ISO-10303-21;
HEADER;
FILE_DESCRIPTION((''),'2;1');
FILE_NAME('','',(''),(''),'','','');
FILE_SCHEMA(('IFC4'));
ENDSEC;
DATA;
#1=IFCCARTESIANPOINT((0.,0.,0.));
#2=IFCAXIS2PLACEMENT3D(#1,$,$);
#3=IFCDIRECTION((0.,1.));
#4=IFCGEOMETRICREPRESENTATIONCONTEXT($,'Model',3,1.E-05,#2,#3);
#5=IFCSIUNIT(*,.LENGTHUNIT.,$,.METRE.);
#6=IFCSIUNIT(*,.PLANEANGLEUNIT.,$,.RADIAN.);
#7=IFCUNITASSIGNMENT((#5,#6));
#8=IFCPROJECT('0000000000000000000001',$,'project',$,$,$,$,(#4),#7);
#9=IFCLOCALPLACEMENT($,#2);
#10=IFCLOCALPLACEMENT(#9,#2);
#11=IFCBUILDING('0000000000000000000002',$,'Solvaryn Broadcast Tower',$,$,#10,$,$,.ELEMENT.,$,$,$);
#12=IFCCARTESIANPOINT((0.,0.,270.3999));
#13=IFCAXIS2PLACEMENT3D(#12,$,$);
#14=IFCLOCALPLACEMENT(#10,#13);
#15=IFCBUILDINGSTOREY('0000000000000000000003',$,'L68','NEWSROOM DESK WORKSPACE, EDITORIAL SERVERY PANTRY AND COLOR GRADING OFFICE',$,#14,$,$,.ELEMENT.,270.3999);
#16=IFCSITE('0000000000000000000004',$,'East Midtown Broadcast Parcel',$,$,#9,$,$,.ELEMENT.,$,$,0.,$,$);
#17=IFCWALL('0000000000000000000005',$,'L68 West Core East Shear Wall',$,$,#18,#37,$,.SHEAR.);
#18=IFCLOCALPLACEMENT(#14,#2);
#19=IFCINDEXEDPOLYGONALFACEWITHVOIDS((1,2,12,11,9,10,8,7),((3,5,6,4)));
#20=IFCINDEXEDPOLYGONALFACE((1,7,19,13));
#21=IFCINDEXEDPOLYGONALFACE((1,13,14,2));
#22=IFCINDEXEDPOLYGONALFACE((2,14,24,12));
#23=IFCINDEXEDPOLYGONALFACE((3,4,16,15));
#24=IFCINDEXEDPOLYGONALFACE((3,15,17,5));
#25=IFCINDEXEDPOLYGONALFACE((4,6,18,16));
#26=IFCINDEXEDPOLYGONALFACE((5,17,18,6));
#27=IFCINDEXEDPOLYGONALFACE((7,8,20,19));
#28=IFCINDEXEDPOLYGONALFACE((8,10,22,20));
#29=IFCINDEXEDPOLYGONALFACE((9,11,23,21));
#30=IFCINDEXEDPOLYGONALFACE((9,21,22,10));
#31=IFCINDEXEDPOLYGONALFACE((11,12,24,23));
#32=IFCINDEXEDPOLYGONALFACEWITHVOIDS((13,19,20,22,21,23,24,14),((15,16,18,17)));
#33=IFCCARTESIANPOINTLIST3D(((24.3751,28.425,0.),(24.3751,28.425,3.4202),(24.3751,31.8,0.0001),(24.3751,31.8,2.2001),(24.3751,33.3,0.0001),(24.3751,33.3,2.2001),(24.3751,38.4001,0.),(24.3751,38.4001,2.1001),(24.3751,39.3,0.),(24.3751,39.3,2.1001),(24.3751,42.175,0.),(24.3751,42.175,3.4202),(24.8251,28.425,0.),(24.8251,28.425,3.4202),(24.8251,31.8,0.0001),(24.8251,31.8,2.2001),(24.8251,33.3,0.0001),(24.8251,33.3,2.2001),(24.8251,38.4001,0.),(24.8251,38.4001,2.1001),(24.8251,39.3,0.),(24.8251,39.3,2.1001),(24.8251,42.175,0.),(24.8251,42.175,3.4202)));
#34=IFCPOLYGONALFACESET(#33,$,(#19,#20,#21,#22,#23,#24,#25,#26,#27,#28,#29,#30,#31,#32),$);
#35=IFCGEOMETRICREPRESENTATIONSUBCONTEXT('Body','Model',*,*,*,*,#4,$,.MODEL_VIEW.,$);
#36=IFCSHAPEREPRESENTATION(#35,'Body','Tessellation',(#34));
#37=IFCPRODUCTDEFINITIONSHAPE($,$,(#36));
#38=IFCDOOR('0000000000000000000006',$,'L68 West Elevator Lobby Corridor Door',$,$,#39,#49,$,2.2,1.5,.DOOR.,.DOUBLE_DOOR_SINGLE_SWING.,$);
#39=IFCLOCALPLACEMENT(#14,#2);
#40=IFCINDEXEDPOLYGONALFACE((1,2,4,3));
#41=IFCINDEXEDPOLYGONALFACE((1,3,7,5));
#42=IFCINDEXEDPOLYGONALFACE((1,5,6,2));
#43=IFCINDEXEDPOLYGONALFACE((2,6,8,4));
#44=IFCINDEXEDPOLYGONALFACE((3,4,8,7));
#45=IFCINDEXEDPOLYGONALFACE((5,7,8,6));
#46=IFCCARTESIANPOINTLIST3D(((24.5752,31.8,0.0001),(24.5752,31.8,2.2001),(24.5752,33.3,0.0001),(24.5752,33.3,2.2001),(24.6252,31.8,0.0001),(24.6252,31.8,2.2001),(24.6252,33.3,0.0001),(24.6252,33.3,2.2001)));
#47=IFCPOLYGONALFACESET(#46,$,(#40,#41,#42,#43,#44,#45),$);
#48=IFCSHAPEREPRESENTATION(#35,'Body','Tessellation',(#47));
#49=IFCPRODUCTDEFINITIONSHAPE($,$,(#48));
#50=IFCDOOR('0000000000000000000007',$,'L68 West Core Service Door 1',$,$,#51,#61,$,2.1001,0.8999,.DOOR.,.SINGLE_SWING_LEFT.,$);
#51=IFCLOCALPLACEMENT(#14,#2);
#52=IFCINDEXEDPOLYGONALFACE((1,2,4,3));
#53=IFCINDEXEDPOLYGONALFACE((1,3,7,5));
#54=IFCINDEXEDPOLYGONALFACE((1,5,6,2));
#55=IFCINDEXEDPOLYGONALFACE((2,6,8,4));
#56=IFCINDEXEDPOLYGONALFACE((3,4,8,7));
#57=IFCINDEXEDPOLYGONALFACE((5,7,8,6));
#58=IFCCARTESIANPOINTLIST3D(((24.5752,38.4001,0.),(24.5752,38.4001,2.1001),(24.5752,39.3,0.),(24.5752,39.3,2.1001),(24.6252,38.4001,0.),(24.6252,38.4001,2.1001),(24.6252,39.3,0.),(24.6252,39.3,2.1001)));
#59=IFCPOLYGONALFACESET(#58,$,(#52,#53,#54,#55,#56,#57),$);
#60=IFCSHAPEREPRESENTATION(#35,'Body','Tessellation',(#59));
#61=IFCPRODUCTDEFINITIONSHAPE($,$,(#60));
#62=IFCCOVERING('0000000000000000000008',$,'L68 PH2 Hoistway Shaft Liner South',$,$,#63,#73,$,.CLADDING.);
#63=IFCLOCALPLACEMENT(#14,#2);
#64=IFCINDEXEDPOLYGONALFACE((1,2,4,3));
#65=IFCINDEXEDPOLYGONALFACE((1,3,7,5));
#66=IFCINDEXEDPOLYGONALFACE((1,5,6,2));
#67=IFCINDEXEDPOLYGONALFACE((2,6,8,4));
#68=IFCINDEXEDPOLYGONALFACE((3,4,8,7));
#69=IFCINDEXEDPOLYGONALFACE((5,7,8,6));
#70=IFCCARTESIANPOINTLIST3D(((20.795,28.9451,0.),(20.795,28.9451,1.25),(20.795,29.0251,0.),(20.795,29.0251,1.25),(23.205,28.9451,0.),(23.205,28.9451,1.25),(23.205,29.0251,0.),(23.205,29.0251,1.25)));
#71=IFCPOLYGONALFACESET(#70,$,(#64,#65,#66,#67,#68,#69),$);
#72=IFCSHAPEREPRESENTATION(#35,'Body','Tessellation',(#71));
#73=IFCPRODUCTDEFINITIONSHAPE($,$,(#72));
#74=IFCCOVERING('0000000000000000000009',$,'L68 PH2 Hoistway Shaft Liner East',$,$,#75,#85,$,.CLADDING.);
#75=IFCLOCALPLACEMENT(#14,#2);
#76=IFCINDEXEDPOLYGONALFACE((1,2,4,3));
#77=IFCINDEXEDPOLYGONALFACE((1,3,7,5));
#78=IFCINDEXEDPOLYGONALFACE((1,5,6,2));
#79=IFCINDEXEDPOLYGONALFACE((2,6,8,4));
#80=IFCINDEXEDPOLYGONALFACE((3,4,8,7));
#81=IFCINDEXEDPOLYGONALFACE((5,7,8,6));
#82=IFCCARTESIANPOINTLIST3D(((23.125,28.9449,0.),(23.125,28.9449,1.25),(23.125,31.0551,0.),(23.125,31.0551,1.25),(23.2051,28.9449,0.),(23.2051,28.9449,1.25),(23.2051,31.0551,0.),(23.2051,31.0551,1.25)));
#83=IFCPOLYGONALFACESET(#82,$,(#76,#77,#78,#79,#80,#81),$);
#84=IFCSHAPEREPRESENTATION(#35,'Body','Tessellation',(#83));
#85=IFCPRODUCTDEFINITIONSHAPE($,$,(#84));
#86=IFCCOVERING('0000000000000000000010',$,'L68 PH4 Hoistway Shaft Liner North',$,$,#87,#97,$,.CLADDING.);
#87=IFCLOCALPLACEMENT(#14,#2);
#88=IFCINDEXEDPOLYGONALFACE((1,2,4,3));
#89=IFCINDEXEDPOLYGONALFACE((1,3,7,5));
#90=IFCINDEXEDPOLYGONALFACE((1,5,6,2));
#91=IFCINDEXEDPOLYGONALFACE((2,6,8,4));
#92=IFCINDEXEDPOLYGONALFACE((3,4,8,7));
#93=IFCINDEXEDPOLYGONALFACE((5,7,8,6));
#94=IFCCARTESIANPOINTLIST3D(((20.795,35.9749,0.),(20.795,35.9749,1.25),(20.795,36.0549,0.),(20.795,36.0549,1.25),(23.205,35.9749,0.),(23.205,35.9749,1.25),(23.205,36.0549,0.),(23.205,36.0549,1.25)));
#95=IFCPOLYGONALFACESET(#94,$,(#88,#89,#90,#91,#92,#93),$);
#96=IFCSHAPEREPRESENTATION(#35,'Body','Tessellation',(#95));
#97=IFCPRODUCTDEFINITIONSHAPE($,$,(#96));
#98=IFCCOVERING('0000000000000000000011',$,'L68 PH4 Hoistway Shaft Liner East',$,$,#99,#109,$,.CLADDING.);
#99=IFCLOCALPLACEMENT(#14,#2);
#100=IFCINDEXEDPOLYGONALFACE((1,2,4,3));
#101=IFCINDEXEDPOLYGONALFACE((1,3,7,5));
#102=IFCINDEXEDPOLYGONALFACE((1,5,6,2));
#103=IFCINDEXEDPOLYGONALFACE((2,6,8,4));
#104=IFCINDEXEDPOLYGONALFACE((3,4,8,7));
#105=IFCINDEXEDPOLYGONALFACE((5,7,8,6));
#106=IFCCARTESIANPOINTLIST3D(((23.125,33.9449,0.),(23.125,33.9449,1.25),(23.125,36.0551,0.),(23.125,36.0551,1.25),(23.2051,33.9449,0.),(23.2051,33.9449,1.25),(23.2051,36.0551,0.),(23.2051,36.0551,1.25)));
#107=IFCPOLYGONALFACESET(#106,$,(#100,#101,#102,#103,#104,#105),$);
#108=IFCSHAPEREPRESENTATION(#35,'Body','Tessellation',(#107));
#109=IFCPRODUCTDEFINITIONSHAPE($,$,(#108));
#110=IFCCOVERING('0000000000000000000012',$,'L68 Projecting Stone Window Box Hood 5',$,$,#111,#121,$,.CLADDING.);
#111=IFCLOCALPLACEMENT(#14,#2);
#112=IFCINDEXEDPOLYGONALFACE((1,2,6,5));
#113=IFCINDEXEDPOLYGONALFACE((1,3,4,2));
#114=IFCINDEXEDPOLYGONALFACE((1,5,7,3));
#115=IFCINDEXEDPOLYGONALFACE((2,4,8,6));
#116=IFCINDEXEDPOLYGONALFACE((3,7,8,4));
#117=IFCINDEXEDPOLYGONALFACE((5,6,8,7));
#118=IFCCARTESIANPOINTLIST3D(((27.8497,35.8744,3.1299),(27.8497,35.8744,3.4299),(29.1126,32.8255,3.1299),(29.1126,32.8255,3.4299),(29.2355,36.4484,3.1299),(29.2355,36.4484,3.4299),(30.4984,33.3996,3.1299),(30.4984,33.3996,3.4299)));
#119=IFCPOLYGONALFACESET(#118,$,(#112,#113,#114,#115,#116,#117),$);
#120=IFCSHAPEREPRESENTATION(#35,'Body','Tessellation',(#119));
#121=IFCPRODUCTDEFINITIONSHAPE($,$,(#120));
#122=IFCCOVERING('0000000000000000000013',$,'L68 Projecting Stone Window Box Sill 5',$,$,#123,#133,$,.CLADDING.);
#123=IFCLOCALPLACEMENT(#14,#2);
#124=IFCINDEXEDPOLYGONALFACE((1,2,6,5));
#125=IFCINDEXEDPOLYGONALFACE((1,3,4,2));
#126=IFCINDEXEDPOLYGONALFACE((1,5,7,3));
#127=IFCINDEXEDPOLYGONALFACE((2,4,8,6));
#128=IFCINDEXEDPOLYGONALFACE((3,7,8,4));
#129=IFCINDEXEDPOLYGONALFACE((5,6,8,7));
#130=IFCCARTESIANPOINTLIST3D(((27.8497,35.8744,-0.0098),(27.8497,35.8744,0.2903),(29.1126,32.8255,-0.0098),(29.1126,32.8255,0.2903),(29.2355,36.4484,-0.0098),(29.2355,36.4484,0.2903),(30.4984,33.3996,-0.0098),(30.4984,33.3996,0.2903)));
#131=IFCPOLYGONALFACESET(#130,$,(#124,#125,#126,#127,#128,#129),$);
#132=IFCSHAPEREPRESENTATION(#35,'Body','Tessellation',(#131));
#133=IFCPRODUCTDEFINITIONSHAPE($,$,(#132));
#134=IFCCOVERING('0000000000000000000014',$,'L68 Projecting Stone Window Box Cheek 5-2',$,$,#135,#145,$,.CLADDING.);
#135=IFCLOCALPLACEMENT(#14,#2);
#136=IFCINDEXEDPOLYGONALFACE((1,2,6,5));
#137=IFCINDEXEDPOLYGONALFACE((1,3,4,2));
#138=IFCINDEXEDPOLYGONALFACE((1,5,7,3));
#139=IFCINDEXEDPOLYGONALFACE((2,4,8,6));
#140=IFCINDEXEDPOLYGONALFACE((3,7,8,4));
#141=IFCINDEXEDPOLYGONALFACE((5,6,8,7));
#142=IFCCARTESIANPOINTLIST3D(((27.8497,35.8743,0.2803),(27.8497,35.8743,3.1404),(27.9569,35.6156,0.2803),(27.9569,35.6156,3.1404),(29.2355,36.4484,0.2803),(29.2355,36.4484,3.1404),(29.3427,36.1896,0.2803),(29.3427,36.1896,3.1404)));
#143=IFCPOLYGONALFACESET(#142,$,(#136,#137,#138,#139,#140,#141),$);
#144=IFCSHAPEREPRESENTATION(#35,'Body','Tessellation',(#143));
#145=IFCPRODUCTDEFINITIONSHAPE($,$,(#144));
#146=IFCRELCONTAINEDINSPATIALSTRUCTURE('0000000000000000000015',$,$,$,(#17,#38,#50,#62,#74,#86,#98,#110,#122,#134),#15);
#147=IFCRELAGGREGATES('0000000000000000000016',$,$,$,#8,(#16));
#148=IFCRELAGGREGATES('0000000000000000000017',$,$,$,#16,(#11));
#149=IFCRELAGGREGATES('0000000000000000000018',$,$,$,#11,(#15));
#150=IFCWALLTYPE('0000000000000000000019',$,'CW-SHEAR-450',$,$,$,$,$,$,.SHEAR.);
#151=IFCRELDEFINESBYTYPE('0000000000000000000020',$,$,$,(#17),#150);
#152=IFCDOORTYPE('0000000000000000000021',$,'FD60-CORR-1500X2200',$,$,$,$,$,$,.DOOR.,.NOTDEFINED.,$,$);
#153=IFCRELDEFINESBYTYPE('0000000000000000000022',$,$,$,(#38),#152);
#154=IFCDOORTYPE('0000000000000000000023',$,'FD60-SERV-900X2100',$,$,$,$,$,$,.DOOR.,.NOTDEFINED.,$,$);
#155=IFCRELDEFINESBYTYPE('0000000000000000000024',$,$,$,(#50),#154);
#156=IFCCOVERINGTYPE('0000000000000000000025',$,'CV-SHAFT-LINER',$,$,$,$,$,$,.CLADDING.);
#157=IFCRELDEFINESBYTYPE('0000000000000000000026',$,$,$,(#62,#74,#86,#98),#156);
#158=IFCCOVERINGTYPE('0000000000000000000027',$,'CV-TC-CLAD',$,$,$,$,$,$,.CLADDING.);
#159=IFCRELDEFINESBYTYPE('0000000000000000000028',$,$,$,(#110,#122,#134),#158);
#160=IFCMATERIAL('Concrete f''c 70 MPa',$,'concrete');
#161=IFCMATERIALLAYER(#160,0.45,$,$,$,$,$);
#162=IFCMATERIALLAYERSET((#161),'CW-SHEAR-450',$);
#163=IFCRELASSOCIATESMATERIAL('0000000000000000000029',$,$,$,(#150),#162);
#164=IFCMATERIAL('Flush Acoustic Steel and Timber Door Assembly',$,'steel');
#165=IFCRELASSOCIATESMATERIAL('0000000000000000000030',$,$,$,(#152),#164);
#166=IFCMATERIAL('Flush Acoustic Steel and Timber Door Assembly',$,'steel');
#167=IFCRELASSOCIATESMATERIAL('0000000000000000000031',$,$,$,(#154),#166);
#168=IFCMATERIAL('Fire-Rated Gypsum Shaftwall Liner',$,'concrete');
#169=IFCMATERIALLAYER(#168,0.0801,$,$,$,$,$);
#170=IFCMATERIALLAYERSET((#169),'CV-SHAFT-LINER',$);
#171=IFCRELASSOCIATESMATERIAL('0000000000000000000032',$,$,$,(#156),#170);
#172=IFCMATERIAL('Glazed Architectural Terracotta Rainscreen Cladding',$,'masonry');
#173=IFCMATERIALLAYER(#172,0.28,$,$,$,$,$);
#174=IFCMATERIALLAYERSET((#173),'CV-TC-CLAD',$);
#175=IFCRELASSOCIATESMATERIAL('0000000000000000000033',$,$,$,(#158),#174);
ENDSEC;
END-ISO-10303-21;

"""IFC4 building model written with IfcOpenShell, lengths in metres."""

from ifc_helpers import new_model, si_unit, direction, frame, frame_2d, origin, origin_2d, place, context, subcontext, project, spatial, rectangle, extrude, material, layer, layer_set, type_object, element, fill, save


model = new_model("IFC4")

# Units and contexts
model_context = context("Model", 3, precision=1e-05, world=origin(), true_north=direction((0.0, 1.0)))
body_context = subcontext(model_context, "Body", "Model", "MODEL_VIEW")
ifc_project = project(units=[si_unit("LENGTHUNIT", "METRE"), si_unit("PLANEANGLEUNIT", "RADIAN")], contexts=[model_context])

# Site, building, storey
site_placement = place(None, origin())
site = spatial("IfcSite", under=ifc_project, at=site_placement, Name="East Midtown Broadcast Parcel", CompositionType="ELEMENT", RefElevation=0.0)
building_placement = place(site_placement, origin())
building = spatial("IfcBuilding", under=site, at=building_placement, Name="Solvaryn Broadcast Tower", CompositionType="ELEMENT")
storey_placement = place(building_placement, frame((0.0, 0.0, 270.3999)))
storey = spatial("IfcBuildingStorey", under=building, at=storey_placement, Name="L68", Description="NEWSROOM DESK WORKSPACE, EDITORIAL SERVERY PANTRY AND COLOR GRADING OFFICE", CompositionType="ELEMENT", Elevation=270.3999)

# Wall, openings, doors
ifc_material_1 = material(Name="Concrete f'c 70 MPa", Category="concrete")
ifc_layer_1 = layer(ifc_material_1, 0.45)
ifc_layer_set_1 = layer_set([ifc_layer_1], Name="CW-SHEAR-450")
wall_type_1 = type_object("IfcWallType", Name="CW-SHEAR-450", PredefinedType="SHEAR", material=ifc_layer_set_1)
wall_1_placement = place(storey_placement, frame((24.6001, 28.425, 0.0), z_axis=(0.0, 0.0, 1.0), x_axis=(0.0, 1.0, 0.0)))
wall_1 = element("IfcWall", 1, at=wall_1_placement, inside=storey, type_object=wall_type_1, Name="L68 West Core East Shear Wall", PredefinedType="SHEAR", context=body_context, shape_type="SweptSolid", body=[
    extrude(rectangle(XDim=13.75, YDim=0.45, at=frame_2d((6.875, 0.0))), origin(), (0.0, 0.0, 1.0), 3.4202),
])
opening_1_placement = place(wall_1_placement, frame((3.375, 0.0, 0.0)))
opening_1 = element("IfcOpeningElement", 2, at=opening_1_placement, cuts=wall_1, PredefinedType="OPENING", context=body_context, shape_type="SweptSolid", body=[
    extrude(rectangle(XDim=1.5, YDim=2.2, at=frame_2d((0.75, 1.1001))), frame((0.0, 0.2351, 0.0), z_axis=(0.0, -1.0, 0.0), x_axis=(1.0, 0.0, 0.0)), (0.0, 0.0, 1.0), 0.47),
])
opening_2_placement = place(wall_1_placement, frame((9.9751, 0.0, 0.0)))
opening_2 = element("IfcOpeningElement", 3, at=opening_2_placement, cuts=wall_1, PredefinedType="OPENING", context=body_context, shape_type="SweptSolid", body=[
    extrude(rectangle(XDim=0.8999, YDim=2.1001, at=frame_2d((0.45, 1.05))), frame((0.0, 0.2351, 0.0), z_axis=(0.0, -1.0, 0.0), x_axis=(1.0, 0.0, 0.0)), (0.0, 0.0, 1.0), 0.47),
])
ifc_material_2 = material(Name="Flush Acoustic Steel and Timber Door Assembly", Category="steel")
door_type_1 = type_object("IfcDoorType", Name="FD60-CORR-1500X2200", OperationType="NOTDEFINED", PredefinedType="DOOR", material=ifc_material_2)
door_1_placement = place(opening_1_placement, origin())
door_1 = element("IfcDoor", 4, at=door_1_placement, inside=storey, type_object=door_type_1, Name="L68 West Elevator Lobby Corridor Door", OperationType="DOUBLE_DOOR_SINGLE_SWING", OverallHeight=2.2, OverallWidth=1.5, PredefinedType="DOOR", context=body_context, shape_type="SweptSolid", body=[
    extrude(rectangle(XDim=1.5, YDim=2.2, at=frame_2d((0.75, 1.1001))), frame((0.0, 0.0249, 0.0), z_axis=(0.0, -1.0, 0.0), x_axis=(1.0, 0.0, 0.0)), (0.0, 0.0, 1.0), 0.05),
])
fill(opening_1, door_1)
ifc_material_3 = material(Name="Flush Acoustic Steel and Timber Door Assembly", Category="steel")
door_type_2 = type_object("IfcDoorType", Name="FD60-SERV-900X2100", OperationType="NOTDEFINED", PredefinedType="DOOR", material=ifc_material_3)
door_2_placement = place(opening_2_placement, origin())
door_2 = element("IfcDoor", 5, at=door_2_placement, inside=storey, type_object=door_type_2, Name="L68 West Core Service Door 1", OperationType="SINGLE_SWING_LEFT", OverallHeight=2.1001, OverallWidth=0.8999, PredefinedType="DOOR", context=body_context, shape_type="SweptSolid", body=[
    extrude(rectangle(XDim=0.8999, YDim=2.1001, at=frame_2d((0.45, 1.05))), frame((0.0, 0.0249, 0.0), z_axis=(0.0, -1.0, 0.0), x_axis=(1.0, 0.0, 0.0)), (0.0, 0.0, 1.0), 0.05),
])
fill(opening_2, door_2)

# Coverings
ifc_material_4 = material(Name="Fire-Rated Gypsum Shaftwall Liner", Category="concrete")
ifc_layer_2 = layer(ifc_material_4, 0.0801)
ifc_layer_set_2 = layer_set([ifc_layer_2], Name="CV-SHAFT-LINER")
covering_type_1 = type_object("IfcCoveringType", Name="CV-SHAFT-LINER", PredefinedType="CLADDING", material=ifc_layer_set_2)
covering_1_placement = place(storey_placement, frame((22.0, 28.9851, 0.0), z_axis=(0.0, 0.0, 1.0), x_axis=(1.0, 0.0, 0.0)))
element("IfcCovering", 6, at=covering_1_placement, inside=storey, type_object=covering_type_1, Name="L68 PH2 Hoistway Shaft Liner South", PredefinedType="CLADDING", context=body_context, shape_type="SweptSolid", body=[
    extrude(rectangle(XDim=2.4099, YDim=0.0801, at=origin_2d()), origin(), (0.0, 0.0, 1.0), 1.25),
])
covering_2_placement = place(storey_placement, frame((23.165, 30.0, 0.0), z_axis=(0.0, 0.0, 1.0), x_axis=(1.0, 0.0, 0.0)))
element("IfcCovering", 7, at=covering_2_placement, inside=storey, type_object=covering_type_1, Name="L68 PH2 Hoistway Shaft Liner East", PredefinedType="CLADDING", context=body_context, shape_type="SweptSolid", body=[
    extrude(rectangle(XDim=0.0801, YDim=2.1101, at=origin_2d()), origin(), (0.0, 0.0, 1.0), 1.25),
])
covering_3_placement = place(storey_placement, frame((22.0, 36.0149, 0.0), z_axis=(0.0, 0.0, 1.0), x_axis=(1.0, 0.0, 0.0)))
element("IfcCovering", 8, at=covering_3_placement, inside=storey, type_object=covering_type_1, Name="L68 PH4 Hoistway Shaft Liner North", PredefinedType="CLADDING", context=body_context, shape_type="SweptSolid", body=[
    extrude(rectangle(XDim=2.4099, YDim=0.0801, at=origin_2d()), origin(), (0.0, 0.0, 1.0), 1.25),
])
covering_4_placement = place(storey_placement, frame((23.165, 35.0, 0.0), z_axis=(0.0, 0.0, 1.0), x_axis=(1.0, 0.0, 0.0)))
element("IfcCovering", 9, at=covering_4_placement, inside=storey, type_object=covering_type_1, Name="L68 PH4 Hoistway Shaft Liner East", PredefinedType="CLADDING", context=body_context, shape_type="SweptSolid", body=[
    extrude(rectangle(XDim=0.0801, YDim=2.1101, at=origin_2d()), origin(), (0.0, 0.0, 1.0), 1.25),
])
ifc_material_5 = material(Name="Glazed Architectural Terracotta Rainscreen Cladding", Category="masonry")
ifc_layer_3 = layer(ifc_material_5, 0.28)
ifc_layer_set_3 = layer_set([ifc_layer_3], Name="CV-TC-CLAD")
covering_type_2 = type_object("IfcCoveringType", Name="CV-TC-CLAD", PredefinedType="CLADDING", material=ifc_layer_set_3)
for number, where, z_axis, x_axis, name in (
    (10, (29.1741, 34.637, 3.1299), (0.0, 0.0, 1.0), (-0.382683, 0.92388, 0.0), "L68 Projecting Stone Window Box Hood 5"),
    (11, (29.1741, 34.637, -0.0098), (0.0, 0.0, 1.0), (-0.382683, 0.92388, 0.0), "L68 Projecting Stone Window Box Sill 5"),
):
    element("IfcCovering", number, at=place(storey_placement, frame(where, z_axis=z_axis, x_axis=x_axis)), inside=storey, type_object=covering_type_2, Name=name, PredefinedType="CLADDING", context=body_context, shape_type="SweptSolid", body=[
        extrude(rectangle(XDim=3.3, YDim=1.5, at=origin_2d()), origin(), (0.0, 0.0, 1.0), 0.3),
    ])
covering_5_placement = place(storey_placement, frame((28.5962, 36.032, 0.2803), z_axis=(0.0, 0.0, 1.0), x_axis=(-0.382683, 0.92388, 0.0)))
element("IfcCovering", 12, at=covering_5_placement, inside=storey, type_object=covering_type_2, Name="L68 Projecting Stone Window Box Cheek 5-2", PredefinedType="CLADDING", context=body_context, shape_type="SweptSolid", body=[
    extrude(rectangle(XDim=0.28, YDim=1.5, at=origin_2d()), origin(), (0.0, 0.0, 1.0), 2.8601),
])

save(model, "model.ifc")
